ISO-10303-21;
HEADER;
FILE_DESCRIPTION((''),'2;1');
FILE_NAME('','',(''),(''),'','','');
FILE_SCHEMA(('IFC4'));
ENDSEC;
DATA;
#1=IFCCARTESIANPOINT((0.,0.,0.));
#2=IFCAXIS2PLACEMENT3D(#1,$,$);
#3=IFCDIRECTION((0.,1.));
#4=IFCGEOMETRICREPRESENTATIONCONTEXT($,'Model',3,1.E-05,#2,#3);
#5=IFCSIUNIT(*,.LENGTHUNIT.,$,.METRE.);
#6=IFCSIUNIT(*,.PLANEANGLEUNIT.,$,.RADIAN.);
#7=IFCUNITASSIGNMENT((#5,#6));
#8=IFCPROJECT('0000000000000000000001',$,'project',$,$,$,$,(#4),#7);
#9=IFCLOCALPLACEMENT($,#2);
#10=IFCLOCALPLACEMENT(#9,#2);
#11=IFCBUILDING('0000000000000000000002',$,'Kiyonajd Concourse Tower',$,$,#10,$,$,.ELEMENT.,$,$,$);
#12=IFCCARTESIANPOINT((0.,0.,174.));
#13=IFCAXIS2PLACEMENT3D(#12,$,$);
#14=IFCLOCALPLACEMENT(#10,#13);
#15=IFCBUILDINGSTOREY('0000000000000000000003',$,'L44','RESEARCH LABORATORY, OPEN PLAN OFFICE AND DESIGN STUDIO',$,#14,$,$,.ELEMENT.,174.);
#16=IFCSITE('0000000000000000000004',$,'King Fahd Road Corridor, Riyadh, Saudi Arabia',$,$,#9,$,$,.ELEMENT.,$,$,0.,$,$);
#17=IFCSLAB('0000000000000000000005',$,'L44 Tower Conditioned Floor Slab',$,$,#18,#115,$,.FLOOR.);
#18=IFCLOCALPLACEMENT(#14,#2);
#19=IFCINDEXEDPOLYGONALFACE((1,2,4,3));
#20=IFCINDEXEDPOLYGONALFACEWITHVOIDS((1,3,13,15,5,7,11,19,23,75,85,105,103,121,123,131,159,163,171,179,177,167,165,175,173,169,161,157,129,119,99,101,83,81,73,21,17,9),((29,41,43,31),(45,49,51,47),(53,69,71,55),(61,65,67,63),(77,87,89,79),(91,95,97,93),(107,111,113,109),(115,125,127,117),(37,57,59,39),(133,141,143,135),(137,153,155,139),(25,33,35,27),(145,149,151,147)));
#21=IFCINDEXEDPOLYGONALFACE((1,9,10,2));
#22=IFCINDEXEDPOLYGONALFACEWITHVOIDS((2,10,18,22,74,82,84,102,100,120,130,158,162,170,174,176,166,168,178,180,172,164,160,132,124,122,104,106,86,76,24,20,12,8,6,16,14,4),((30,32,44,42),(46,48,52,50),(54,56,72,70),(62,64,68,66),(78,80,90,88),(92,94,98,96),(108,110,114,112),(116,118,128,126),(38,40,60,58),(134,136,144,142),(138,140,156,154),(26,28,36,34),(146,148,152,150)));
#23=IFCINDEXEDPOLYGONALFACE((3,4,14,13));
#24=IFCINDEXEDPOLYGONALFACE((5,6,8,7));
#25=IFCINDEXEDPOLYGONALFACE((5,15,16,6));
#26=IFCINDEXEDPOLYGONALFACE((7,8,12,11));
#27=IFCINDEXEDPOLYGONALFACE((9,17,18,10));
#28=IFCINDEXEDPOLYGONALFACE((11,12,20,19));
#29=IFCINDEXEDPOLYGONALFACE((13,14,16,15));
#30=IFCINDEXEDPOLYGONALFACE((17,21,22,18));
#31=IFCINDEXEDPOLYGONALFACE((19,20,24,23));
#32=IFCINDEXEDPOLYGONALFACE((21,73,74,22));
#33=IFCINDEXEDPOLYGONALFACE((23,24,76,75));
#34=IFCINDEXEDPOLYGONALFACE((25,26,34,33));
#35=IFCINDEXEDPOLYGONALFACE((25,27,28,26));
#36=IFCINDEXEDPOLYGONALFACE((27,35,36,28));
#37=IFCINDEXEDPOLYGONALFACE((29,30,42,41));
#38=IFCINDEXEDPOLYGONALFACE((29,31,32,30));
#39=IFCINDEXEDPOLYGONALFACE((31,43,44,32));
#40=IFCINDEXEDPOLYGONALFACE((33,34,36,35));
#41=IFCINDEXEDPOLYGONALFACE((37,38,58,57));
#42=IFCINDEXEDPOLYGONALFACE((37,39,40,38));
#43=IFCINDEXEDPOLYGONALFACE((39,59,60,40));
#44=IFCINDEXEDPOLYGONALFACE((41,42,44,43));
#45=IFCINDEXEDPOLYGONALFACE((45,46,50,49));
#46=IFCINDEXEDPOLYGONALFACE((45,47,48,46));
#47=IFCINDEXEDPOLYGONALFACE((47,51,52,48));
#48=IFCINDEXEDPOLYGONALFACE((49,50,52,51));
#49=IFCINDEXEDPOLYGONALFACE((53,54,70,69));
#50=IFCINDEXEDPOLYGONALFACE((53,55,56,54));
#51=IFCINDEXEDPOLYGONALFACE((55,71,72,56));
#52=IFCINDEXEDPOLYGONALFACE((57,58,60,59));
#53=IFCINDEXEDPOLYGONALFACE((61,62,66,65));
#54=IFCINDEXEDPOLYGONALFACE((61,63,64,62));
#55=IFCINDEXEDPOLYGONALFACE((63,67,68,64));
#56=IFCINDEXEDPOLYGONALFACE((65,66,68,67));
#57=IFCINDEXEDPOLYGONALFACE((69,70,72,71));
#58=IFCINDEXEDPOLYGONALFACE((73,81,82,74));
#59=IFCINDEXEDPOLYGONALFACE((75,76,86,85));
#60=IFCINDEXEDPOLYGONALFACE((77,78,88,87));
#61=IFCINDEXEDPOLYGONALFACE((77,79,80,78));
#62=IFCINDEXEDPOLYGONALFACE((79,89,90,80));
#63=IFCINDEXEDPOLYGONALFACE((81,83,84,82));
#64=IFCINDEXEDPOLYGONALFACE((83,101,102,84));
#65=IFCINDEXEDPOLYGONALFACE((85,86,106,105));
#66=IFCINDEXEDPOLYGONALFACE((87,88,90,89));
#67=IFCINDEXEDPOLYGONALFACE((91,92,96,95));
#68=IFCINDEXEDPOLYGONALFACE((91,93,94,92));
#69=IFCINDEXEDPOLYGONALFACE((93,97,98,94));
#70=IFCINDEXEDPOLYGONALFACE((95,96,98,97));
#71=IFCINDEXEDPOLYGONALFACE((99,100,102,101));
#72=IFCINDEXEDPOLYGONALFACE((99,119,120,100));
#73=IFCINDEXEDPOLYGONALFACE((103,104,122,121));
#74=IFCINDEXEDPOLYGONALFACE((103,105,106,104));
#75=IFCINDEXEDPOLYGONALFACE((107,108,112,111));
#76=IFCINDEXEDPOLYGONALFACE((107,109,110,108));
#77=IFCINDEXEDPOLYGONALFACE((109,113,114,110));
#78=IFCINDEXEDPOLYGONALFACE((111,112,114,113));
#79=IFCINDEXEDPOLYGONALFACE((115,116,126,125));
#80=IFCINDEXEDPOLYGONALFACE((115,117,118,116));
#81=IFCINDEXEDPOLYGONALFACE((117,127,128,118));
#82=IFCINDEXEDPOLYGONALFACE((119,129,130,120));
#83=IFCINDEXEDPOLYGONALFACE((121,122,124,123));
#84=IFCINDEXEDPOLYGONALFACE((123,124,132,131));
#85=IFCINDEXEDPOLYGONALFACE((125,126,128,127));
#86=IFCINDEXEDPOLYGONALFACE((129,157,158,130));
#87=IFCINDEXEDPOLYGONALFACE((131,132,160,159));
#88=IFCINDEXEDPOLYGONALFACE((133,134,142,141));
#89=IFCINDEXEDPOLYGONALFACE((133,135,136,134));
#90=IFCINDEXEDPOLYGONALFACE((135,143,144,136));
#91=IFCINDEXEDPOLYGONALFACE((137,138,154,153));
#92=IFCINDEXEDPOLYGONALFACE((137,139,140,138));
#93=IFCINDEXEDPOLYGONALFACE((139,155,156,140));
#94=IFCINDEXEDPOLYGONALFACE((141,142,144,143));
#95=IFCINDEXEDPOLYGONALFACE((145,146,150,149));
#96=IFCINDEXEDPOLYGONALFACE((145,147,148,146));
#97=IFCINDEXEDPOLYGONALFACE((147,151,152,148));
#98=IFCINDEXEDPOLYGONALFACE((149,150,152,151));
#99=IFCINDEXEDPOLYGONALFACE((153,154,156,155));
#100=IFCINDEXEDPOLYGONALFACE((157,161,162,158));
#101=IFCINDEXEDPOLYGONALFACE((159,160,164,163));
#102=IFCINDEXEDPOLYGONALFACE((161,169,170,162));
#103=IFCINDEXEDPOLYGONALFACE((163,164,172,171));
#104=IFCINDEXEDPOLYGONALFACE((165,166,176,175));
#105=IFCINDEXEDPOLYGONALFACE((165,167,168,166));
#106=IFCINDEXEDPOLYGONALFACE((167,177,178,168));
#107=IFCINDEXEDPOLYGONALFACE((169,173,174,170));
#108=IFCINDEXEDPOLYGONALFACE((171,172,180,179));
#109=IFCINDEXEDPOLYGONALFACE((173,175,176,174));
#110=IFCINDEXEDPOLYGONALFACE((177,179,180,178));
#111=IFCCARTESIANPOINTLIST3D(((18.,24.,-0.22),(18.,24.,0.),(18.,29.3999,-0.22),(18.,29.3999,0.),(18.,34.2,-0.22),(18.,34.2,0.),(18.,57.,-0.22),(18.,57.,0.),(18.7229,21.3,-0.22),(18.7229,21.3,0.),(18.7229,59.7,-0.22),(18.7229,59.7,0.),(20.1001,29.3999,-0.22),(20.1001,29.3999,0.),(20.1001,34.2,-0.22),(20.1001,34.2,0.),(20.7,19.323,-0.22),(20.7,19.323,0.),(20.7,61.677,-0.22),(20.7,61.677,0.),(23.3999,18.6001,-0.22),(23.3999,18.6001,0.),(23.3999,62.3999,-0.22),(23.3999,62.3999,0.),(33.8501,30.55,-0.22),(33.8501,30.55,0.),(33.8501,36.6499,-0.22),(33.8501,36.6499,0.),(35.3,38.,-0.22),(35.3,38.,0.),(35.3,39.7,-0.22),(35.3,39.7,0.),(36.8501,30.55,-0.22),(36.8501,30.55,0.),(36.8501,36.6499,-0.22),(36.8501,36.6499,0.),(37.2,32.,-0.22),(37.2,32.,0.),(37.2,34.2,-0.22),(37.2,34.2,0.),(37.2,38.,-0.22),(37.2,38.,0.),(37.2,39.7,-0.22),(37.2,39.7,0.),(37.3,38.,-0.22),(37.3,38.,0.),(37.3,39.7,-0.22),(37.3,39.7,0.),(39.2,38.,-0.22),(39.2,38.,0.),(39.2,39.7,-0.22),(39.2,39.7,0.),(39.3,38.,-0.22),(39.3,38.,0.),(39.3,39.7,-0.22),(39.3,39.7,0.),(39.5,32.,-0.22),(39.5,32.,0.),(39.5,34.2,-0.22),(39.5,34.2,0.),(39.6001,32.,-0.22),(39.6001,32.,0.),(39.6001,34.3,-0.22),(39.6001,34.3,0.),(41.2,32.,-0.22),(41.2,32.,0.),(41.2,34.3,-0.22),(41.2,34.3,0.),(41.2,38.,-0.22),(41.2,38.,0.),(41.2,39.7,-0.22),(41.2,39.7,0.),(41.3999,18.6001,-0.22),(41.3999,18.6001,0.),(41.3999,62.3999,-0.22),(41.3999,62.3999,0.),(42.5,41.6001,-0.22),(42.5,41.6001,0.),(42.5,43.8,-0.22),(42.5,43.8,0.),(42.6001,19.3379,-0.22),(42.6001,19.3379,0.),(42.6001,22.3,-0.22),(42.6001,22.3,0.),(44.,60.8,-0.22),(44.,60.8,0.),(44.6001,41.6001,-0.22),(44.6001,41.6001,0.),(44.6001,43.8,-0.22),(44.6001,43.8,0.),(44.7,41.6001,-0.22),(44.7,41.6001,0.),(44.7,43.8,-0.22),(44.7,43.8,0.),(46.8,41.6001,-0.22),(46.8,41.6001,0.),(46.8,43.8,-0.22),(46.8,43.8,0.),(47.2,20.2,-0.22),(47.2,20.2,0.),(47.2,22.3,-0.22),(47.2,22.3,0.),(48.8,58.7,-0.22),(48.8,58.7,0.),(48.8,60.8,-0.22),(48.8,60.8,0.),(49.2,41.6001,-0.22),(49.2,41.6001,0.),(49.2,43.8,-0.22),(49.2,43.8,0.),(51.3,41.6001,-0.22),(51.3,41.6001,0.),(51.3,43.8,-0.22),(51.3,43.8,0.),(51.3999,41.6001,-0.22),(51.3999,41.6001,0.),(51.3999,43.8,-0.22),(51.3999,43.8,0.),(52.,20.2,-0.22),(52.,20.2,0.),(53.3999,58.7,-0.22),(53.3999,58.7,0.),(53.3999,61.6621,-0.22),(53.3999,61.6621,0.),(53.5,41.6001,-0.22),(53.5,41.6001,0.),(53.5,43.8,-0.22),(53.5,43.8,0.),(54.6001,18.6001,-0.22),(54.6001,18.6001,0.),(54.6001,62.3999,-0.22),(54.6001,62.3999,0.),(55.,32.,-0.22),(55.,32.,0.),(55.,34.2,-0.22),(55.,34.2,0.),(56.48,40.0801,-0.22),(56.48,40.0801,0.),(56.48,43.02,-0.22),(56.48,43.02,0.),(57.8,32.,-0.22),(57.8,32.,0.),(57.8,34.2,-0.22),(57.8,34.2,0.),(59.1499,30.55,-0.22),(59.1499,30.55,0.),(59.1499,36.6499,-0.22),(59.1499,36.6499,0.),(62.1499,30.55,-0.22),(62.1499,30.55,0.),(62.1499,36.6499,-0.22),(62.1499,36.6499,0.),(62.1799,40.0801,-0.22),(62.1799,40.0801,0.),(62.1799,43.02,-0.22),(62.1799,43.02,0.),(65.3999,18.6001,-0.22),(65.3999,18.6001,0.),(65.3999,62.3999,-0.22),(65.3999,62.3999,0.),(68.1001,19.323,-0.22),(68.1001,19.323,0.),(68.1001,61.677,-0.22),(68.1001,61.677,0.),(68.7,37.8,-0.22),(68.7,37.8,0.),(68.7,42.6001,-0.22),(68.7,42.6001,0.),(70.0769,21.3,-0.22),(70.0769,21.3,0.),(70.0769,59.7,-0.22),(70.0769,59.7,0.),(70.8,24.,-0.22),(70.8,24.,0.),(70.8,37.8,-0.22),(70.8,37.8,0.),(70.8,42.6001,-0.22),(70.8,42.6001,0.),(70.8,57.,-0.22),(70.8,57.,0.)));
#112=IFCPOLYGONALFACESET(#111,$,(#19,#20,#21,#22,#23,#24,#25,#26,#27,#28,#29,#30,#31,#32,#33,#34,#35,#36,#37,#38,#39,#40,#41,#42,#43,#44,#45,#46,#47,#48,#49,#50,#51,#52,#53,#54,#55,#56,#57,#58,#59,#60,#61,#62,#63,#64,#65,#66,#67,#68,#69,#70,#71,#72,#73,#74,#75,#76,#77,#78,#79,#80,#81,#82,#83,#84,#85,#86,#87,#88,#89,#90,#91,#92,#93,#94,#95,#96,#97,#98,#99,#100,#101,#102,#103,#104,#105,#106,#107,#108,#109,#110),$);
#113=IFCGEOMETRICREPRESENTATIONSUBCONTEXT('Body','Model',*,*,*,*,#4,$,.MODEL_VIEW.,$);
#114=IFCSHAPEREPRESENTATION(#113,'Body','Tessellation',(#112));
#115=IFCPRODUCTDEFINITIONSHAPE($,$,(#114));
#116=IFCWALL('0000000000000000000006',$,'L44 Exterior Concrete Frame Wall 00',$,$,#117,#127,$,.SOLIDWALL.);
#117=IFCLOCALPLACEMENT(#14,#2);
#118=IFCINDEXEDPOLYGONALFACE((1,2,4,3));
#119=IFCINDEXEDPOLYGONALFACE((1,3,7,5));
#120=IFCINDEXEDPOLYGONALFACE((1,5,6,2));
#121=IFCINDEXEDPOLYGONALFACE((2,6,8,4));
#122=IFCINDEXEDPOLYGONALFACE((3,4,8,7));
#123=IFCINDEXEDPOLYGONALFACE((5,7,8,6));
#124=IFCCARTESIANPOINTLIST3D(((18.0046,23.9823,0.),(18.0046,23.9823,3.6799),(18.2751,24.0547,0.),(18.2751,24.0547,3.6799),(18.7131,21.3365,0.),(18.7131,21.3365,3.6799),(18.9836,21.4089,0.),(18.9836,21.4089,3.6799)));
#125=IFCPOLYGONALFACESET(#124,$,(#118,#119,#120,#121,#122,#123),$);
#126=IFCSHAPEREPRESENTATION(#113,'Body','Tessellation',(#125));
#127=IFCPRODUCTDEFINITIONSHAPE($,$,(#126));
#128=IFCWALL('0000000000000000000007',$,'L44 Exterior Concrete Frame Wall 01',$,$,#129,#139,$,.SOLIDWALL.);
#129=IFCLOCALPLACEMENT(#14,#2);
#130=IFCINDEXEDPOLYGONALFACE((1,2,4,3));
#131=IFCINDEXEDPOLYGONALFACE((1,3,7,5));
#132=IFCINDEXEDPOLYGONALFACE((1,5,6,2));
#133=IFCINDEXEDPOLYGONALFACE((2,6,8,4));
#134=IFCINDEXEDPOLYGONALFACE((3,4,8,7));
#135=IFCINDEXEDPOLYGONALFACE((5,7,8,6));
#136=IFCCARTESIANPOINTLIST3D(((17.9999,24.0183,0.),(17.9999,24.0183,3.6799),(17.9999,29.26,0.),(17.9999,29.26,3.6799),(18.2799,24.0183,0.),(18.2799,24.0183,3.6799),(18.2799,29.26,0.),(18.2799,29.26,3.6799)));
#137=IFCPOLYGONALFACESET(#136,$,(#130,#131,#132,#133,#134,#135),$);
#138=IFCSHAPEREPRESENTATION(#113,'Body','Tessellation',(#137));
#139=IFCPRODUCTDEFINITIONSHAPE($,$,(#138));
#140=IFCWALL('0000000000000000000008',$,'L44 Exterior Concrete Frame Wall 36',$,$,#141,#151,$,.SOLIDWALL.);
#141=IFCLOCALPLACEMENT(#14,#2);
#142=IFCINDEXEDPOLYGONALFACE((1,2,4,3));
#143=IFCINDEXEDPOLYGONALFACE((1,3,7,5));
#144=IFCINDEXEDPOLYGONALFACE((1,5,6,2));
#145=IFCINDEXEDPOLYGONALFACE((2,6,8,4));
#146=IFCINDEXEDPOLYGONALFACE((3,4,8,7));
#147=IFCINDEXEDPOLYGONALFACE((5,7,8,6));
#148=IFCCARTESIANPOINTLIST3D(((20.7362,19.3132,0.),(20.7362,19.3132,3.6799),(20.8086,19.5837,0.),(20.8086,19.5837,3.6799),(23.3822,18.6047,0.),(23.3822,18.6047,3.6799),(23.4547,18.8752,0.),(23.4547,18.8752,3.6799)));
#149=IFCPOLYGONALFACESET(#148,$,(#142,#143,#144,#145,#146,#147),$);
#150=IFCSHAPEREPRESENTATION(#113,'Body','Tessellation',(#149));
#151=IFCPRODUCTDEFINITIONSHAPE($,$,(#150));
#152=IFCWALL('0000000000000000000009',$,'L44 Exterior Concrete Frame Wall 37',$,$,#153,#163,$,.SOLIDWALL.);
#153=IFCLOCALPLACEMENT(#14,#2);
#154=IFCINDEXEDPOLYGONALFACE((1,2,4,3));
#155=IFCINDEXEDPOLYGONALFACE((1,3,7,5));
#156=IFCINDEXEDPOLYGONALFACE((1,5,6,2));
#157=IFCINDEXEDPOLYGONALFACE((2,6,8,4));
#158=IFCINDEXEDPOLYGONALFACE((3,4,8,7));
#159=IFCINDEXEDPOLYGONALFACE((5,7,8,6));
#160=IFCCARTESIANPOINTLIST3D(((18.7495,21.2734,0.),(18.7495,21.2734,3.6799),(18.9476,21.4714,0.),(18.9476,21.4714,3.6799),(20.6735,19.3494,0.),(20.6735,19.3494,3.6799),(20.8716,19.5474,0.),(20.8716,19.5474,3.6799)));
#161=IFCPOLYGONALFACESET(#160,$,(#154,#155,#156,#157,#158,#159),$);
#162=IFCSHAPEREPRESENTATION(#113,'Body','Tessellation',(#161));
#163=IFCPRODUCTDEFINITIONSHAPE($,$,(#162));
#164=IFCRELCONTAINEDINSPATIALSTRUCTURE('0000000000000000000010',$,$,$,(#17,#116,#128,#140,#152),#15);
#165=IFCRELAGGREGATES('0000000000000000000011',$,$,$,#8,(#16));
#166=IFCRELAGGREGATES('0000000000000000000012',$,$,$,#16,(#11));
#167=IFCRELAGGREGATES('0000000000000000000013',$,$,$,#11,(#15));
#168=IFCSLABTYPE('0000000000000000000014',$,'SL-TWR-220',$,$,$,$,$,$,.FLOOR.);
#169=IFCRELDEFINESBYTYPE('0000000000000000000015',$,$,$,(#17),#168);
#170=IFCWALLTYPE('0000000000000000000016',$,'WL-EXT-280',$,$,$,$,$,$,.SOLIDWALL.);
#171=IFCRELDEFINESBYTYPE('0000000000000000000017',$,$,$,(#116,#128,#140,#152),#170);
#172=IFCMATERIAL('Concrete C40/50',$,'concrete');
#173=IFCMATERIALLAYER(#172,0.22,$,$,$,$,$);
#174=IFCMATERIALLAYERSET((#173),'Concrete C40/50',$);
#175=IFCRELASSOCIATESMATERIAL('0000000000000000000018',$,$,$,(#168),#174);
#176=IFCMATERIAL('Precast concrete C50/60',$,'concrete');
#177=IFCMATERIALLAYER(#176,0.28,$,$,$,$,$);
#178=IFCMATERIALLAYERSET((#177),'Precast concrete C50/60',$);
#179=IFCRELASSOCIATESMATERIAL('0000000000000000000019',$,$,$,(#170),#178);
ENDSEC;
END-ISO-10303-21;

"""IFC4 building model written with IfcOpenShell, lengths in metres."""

from ifc_helpers import new_model, si_unit, direction, frame, frame_2d, origin, place, context, subcontext, project, spatial, polyline, rectangle, outline, extrude, material, layer, layer_set, type_object, element, save


model = new_model("IFC4")

# Units and contexts
model_context = context("Model", 3, precision=1e-05, world=origin(), true_north=direction((0.0, 1.0)))
body_context = subcontext(model_context, "Body", "Model", "MODEL_VIEW")
ifc_project = project(units=[si_unit("LENGTHUNIT", "METRE"), si_unit("PLANEANGLEUNIT", "RADIAN")], contexts=[model_context])

# Site, building, storey
site_placement = place(None, origin())
site = spatial("IfcSite", under=ifc_project, at=site_placement, Name="King Fahd Road Corridor, Riyadh, Saudi Arabia", CompositionType="ELEMENT", RefElevation=0.0)
building_placement = place(site_placement, origin())
building = spatial("IfcBuilding", under=site, at=building_placement, Name="Kiyonajd Concourse Tower", CompositionType="ELEMENT")
storey_placement = place(building_placement, frame((0.0, 0.0, 174.0)))
storey = spatial("IfcBuildingStorey", under=building, at=storey_placement, Name="L44", Description="RESEARCH LABORATORY, OPEN PLAN OFFICE AND DESIGN STUDIO", CompositionType="ELEMENT", Elevation=174.0)

# Shared definitions
ifc_material_1 = material(Name="Concrete C40/50", Category="concrete")

# Slab
ifc_material_2 = material(Name="Precast concrete C50/60", Category="concrete")
ifc_layer_1 = layer(ifc_material_1, 0.22)
ifc_layer_set_1 = layer_set([ifc_layer_1], Name="Concrete C40/50")
slab_type_1 = type_object("IfcSlabType", Name="SL-TWR-220", PredefinedType="FLOOR", material=ifc_layer_set_1)
slab_1_placement = place(storey_placement, frame((0.0, 0.0, -0.22)))
element("IfcSlab", 1, at=slab_1_placement, inside=storey, type_object=slab_type_1, Name="L44 Tower Conditioned Floor Slab", PredefinedType="FLOOR", context=body_context, shape_type="SweptSolid", body=[
    extrude(outline(polyline([(18.7229, 21.3), (18.0, 24.0), (18.0, 29.3999), (20.1001, 29.3999), (20.1001, 34.2), (18.0, 34.2), (18.0, 57.0), (18.7229, 59.7), (20.7, 61.677), (23.3999, 62.3999), (41.3999, 62.3999), (44.0, 60.8), (48.8, 60.8), (48.8, 58.7), (53.3999, 58.7), (53.3999, 61.6621), (54.6001, 62.3999), (65.3999, 62.3999), (68.1001, 61.677), (70.0769, 59.7), (70.8, 57.0), (70.8, 42.6001), (68.7, 42.6001), (68.7, 37.8), (70.8, 37.8), (70.8, 24.0), (70.0769, 21.3), (68.1001, 19.323), (65.3999, 18.6001), (54.6001, 18.6001), (52.0, 20.2), (47.2, 20.2), (47.2, 22.3), (42.6001, 22.3), (42.6001, 19.3379), (41.3999, 18.6001), (23.3999, 18.6001), (20.7, 19.323), (18.7229, 21.3)]), holes=[polyline([(39.5, 32.0), (37.2, 32.0), (37.2, 34.2), (39.5, 34.2), (39.5, 32.0)]), polyline([(39.6001, 32.0), (39.6001, 34.3), (41.2, 34.3), (41.2, 32.0), (39.6001, 32.0)]), polyline([(33.8501, 30.55), (33.8501, 36.6499), (36.8501, 36.6499), (36.8501, 30.55), (33.8501, 30.55)]), polyline([(37.2, 38.0), (35.3, 38.0), (35.3, 39.7), (37.2, 39.7), (37.2, 38.0)]), polyline([(37.3, 38.0), (37.3, 39.7), (39.2, 39.7), (39.2, 38.0), (37.3, 38.0)]), polyline([(39.3, 38.0), (39.3, 39.7), (41.2, 39.7), (41.2, 38.0), (39.3, 38.0)]), polyline([(44.6001, 41.6001), (42.5, 41.6001), (42.5, 43.8), (44.6001, 43.8), (44.6001, 41.6001)]), polyline([(55.0, 32.0), (55.0, 34.2), (57.8, 34.2), (57.8, 32.0), (55.0, 32.0)]), polyline([(59.1499, 30.55), (59.1499, 36.6499), (62.1499, 36.6499), (62.1499, 30.55), (59.1499, 30.55)]), polyline([(56.48, 43.02), (62.1799, 43.02), (62.1799, 40.0801), (56.48, 40.0801), (56.48, 43.02)]), polyline([(44.7, 41.6001), (44.7, 43.8), (46.8, 43.8), (46.8, 41.6001), (44.7, 41.6001)]), polyline([(49.2, 41.6001), (49.2, 43.8), (51.3, 43.8), (51.3, 41.6001), (49.2, 41.6001)]), polyline([(51.3999, 41.6001), (51.3999, 43.8), (53.5, 43.8), (53.5, 41.6001), (51.3999, 41.6001)])]), origin(), (0.0, 0.0, 1.0), 0.22),
])

# Walls
ifc_layer_2 = layer(ifc_material_2, 0.28)
ifc_layer_set_2 = layer_set([ifc_layer_2], Name="Precast concrete C50/60")
wall_type_1 = type_object("IfcWallType", Name="WL-EXT-280", PredefinedType="SOLIDWALL", material=ifc_layer_set_2)
wall_1_placement = place(storey_placement, frame((18.8484, 21.3726, 0.0), z_axis=(0.0, 0.0, 1.0), x_axis=(-0.258672, 0.965965, 0.0)))
element("IfcWall", 2, at=wall_1_placement, inside=storey, type_object=wall_type_1, Name="L44 Exterior Concrete Frame Wall 00", PredefinedType="SOLIDWALL", context=body_context, shape_type="SweptSolid", body=[
    extrude(rectangle(XDim=2.739, YDim=0.28, at=frame_2d((1.3696, 0.0))), origin(), (0.0, 0.0, 1.0), 3.6799),
])
wall_2_placement = place(storey_placement, frame((18.1399, 24.0183, 0.0), z_axis=(0.0, 0.0, 1.0), x_axis=(0.0, 1.0, 0.0)))
element("IfcWall", 3, at=wall_2_placement, inside=storey, type_object=wall_type_1, Name="L44 Exterior Concrete Frame Wall 01", PredefinedType="SOLIDWALL", context=body_context, shape_type="SweptSolid", body=[
    extrude(rectangle(XDim=5.2417, YDim=0.28, at=frame_2d((2.6208, 0.0))), origin(), (0.0, 0.0, 1.0), 3.6799),
])
wall_3_placement = place(storey_placement, frame((23.4185, 18.74, 0.0), z_axis=(0.0, 0.0, 1.0), x_axis=(-0.965971, 0.25865, 0.0)))
element("IfcWall", 4, at=wall_3_placement, inside=storey, type_object=wall_type_1, Name="L44 Exterior Concrete Frame Wall 36", PredefinedType="SOLIDWALL", context=body_context, shape_type="SweptSolid", body=[
    extrude(rectangle(XDim=2.7393, YDim=0.28, at=frame_2d((1.3696, 0.0))), origin(), (0.0, 0.0, 1.0), 3.6799),
])
wall_4_placement = place(storey_placement, frame((20.7725, 19.4485, 0.0), z_axis=(0.0, 0.0, 1.0), x_axis=(-0.707107, 0.707107, 0.0)))
element("IfcWall", 5, at=wall_4_placement, inside=storey, type_object=wall_type_1, Name="L44 Exterior Concrete Frame Wall 37", PredefinedType="SOLIDWALL", context=body_context, shape_type="SweptSolid", body=[
    extrude(rectangle(XDim=2.7209, YDim=0.28, at=frame_2d((1.3604, 0.0))), origin(), (0.0, 0.0, 1.0), 3.6799),
])

save(model, "model.ifc")
